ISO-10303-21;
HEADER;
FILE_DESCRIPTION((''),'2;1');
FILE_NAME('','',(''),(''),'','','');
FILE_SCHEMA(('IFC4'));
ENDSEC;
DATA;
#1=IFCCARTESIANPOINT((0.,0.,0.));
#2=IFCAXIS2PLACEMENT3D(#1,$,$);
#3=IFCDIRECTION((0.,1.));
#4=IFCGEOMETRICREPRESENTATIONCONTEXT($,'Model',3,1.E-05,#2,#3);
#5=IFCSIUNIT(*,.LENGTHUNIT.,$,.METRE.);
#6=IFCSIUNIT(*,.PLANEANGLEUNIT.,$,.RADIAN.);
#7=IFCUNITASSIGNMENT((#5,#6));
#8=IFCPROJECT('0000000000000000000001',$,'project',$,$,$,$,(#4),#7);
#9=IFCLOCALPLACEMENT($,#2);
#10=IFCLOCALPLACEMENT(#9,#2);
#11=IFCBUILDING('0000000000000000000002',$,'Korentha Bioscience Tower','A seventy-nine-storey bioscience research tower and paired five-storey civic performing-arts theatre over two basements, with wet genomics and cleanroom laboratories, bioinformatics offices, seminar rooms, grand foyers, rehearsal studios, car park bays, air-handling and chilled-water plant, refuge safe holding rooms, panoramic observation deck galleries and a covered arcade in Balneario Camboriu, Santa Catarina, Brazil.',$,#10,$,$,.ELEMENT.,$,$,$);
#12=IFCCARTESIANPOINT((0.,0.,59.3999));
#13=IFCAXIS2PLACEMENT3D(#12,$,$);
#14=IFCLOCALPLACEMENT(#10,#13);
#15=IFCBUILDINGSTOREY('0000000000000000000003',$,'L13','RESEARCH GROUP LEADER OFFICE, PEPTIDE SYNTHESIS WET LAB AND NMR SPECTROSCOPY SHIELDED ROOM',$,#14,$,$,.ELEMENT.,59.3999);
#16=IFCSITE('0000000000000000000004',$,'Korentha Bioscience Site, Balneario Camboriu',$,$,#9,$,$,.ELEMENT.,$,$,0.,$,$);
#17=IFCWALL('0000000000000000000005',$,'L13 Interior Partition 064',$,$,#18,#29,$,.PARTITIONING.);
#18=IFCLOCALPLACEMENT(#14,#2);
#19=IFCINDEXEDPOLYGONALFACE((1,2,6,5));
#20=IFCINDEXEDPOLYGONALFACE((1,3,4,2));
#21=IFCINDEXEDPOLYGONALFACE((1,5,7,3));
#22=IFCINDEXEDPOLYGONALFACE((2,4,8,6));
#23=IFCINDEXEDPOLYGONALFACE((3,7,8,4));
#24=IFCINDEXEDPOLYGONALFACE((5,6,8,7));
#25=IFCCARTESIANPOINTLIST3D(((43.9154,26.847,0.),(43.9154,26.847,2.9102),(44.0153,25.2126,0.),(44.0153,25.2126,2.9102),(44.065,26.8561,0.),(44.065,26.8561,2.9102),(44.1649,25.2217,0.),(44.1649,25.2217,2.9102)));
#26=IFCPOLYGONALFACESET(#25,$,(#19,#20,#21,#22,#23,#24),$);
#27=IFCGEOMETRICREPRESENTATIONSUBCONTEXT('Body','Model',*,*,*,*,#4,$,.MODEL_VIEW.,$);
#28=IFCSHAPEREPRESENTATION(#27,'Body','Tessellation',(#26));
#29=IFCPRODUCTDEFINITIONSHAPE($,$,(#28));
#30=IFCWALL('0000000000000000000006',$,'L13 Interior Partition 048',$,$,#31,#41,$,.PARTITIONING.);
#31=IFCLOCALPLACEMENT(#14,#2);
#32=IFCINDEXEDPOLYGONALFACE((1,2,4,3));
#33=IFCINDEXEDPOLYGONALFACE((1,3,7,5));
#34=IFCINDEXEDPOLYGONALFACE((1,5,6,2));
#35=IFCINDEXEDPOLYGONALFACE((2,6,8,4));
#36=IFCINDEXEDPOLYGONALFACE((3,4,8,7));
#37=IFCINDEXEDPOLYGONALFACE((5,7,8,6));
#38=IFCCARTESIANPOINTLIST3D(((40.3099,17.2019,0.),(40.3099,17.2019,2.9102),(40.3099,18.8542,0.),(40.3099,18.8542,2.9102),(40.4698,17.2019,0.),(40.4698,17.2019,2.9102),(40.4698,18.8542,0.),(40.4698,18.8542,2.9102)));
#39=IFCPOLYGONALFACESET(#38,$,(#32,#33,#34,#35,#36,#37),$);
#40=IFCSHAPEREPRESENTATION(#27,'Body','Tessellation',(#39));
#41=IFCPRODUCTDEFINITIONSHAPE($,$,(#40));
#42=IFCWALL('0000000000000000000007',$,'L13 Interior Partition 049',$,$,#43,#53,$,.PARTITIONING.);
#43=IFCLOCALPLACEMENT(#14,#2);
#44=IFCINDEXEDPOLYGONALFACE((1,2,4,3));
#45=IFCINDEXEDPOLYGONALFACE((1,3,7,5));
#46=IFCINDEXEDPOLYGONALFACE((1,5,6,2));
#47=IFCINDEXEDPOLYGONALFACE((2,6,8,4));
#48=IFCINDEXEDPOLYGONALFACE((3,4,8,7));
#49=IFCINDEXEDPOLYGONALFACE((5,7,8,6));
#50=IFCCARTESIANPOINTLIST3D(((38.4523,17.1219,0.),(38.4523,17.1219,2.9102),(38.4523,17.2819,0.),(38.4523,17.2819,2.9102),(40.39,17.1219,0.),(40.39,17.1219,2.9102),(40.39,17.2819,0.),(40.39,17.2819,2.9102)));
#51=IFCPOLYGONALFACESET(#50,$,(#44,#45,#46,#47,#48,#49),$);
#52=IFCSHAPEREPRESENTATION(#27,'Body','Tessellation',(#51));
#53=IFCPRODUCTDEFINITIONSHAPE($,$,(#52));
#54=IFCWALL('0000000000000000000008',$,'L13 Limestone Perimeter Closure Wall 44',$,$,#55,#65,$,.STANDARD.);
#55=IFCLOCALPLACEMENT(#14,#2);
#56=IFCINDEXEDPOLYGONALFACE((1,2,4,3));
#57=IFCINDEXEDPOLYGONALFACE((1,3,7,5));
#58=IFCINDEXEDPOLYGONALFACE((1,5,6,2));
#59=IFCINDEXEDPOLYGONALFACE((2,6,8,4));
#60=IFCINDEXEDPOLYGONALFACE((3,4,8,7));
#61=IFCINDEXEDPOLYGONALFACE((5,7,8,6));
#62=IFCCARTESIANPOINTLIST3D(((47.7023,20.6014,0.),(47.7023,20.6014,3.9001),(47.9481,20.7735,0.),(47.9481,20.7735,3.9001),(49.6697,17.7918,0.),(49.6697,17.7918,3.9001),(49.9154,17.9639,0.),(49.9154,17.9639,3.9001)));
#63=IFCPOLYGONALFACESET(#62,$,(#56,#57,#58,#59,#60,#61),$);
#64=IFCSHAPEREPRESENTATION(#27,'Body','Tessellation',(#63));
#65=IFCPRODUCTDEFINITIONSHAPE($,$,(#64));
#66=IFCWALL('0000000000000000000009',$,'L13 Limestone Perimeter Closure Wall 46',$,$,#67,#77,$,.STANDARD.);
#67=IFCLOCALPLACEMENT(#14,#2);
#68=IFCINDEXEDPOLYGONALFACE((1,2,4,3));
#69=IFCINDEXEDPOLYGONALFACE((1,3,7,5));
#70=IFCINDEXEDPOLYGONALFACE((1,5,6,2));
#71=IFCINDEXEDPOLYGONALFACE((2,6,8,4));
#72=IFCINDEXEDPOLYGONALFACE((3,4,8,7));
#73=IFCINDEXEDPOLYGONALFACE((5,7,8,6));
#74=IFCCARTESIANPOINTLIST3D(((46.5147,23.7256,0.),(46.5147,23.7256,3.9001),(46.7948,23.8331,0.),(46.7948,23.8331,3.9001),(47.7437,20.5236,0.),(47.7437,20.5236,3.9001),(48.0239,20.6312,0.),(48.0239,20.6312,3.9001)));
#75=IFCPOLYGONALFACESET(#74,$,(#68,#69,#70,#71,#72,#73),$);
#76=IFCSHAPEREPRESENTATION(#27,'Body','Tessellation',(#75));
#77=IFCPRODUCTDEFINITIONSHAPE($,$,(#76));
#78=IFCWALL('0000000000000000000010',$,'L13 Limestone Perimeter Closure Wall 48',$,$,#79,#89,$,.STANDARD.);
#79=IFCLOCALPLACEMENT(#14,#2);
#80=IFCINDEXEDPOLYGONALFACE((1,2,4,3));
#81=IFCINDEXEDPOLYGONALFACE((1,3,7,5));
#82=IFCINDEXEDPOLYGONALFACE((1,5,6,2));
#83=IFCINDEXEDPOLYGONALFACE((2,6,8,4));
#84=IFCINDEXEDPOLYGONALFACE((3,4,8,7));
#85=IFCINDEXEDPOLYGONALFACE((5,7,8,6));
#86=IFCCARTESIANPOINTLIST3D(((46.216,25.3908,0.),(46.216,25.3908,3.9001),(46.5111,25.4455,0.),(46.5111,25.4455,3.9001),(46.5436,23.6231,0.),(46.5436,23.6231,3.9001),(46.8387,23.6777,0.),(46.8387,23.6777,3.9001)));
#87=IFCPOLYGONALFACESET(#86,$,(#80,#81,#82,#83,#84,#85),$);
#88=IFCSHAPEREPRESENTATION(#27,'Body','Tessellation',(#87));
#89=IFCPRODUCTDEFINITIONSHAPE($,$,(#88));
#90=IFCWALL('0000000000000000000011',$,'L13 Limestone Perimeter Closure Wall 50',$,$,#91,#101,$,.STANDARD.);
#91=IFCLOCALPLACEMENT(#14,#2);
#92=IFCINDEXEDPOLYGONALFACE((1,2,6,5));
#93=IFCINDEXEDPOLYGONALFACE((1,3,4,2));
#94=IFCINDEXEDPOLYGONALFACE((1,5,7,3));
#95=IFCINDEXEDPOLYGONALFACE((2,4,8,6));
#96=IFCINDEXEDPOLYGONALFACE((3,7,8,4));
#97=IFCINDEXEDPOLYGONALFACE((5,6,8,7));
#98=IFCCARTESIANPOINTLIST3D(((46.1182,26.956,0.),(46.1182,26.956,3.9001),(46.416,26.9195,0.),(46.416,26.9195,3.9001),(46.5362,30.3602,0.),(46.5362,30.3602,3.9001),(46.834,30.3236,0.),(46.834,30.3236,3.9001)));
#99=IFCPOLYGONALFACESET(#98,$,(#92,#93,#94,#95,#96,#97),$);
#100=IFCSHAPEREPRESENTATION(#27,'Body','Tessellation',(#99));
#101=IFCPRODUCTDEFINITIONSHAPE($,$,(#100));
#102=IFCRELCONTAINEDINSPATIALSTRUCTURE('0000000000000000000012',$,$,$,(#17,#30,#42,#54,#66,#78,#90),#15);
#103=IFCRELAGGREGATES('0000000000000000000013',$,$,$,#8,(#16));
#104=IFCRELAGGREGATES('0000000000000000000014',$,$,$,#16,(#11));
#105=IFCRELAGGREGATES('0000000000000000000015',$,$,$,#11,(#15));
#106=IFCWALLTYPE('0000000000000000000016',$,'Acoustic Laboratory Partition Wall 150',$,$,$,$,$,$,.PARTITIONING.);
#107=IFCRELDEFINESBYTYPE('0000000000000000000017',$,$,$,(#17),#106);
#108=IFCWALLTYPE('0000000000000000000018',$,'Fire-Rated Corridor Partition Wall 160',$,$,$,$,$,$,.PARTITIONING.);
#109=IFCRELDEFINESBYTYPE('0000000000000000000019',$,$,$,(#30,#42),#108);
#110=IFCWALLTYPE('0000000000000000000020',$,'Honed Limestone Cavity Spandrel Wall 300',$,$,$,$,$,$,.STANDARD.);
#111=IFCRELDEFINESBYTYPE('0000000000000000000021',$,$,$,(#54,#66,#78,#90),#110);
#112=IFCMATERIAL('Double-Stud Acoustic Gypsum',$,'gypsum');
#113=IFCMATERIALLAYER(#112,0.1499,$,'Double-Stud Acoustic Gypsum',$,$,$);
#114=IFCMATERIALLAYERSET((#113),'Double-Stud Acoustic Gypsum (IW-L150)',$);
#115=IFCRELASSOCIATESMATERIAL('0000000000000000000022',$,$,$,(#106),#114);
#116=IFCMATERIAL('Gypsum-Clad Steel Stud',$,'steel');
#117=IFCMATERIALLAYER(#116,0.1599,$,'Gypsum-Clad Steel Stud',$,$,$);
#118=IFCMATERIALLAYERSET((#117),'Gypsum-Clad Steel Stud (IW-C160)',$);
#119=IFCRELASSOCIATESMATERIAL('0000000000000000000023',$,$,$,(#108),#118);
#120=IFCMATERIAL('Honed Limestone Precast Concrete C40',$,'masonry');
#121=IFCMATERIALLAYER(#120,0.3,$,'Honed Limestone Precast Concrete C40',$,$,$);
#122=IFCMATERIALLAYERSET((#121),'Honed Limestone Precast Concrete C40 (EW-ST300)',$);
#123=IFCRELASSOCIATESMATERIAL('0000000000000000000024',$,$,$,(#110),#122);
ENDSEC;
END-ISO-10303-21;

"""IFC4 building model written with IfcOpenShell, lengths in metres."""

from ifc_helpers import new_model, si_unit, direction, frame, frame_2d, origin, place, context, subcontext, project, spatial, rectangle, extrude, material, layer, layer_set, type_object, element, save


model = new_model("IFC4")

# Units and contexts
model_context = context("Model", 3, precision=1e-05, world=origin(), true_north=direction((0.0, 1.0)))
body_context = subcontext(model_context, "Body", "Model", "MODEL_VIEW")
ifc_project = project(units=[si_unit("LENGTHUNIT", "METRE"), si_unit("PLANEANGLEUNIT", "RADIAN")], contexts=[model_context])

# Site, building, storey
site_placement = place(None, origin())
site = spatial("IfcSite", under=ifc_project, at=site_placement, Name="Korentha Bioscience Site, Balneario Camboriu", CompositionType="ELEMENT", RefElevation=0.0)
building_placement = place(site_placement, origin())
building = spatial("IfcBuilding", under=site, at=building_placement, Name="Korentha Bioscience Tower", Description="A seventy-nine-storey bioscience research tower and paired five-storey civic performing-arts theatre over two basements, with wet genomics and cleanroom laboratories, bioinformatics offices, seminar rooms, grand foyers, rehearsal studios, car park bays, air-handling and chilled-water plant, refuge safe holding rooms, panoramic observation deck galleries and a covered arcade in Balneario Camboriu, Santa Catarina, Brazil.", CompositionType="ELEMENT")
storey_placement = place(building_placement, frame((0.0, 0.0, 59.3999)))
storey = spatial("IfcBuildingStorey", under=building, at=storey_placement, Name="L13", Description="RESEARCH GROUP LEADER OFFICE, PEPTIDE SYNTHESIS WET LAB AND NMR SPECTROSCOPY SHIELDED ROOM", CompositionType="ELEMENT", Elevation=59.3999)

# Shared definitions
ifc_material_1 = material(Name="Double-Stud Acoustic Gypsum", Category="gypsum")
ifc_layer_1 = layer(ifc_material_1, 0.1499, Name="Double-Stud Acoustic Gypsum")
ifc_layer_set_1 = layer_set([ifc_layer_1], Name="Double-Stud Acoustic Gypsum (IW-L150)")
wall_type_1 = type_object("IfcWallType", Name="Acoustic Laboratory Partition Wall 150", PredefinedType="PARTITIONING", material=ifc_layer_set_1)

# Walls
wall_1_placement = place(storey_placement, frame((44.0901, 25.217, 0.0), z_axis=(0.0, 0.0, 1.0), x_axis=(-0.060977, 0.998139, 0.0)))
element("IfcWall", 1, at=wall_1_placement, inside=storey, type_object=wall_type_1, Name="L13 Interior Partition 064", PredefinedType="PARTITIONING", context=body_context, shape_type="SweptSolid", body=[
    extrude(rectangle(XDim=1.6375, YDim=0.1499, at=frame_2d((0.8188, 0.0))), origin(), (0.0, 0.0, 1.0), 2.9102),
])
ifc_material_2 = material(Name="Gypsum-Clad Steel Stud", Category="steel")
ifc_layer_2 = layer(ifc_material_2, 0.1599, Name="Gypsum-Clad Steel Stud")
ifc_layer_set_2 = layer_set([ifc_layer_2], Name="Gypsum-Clad Steel Stud (IW-C160)")
wall_type_2 = type_object("IfcWallType", Name="Fire-Rated Corridor Partition Wall 160", PredefinedType="PARTITIONING", material=ifc_layer_set_2)
wall_2_placement = place(storey_placement, frame((40.3899, 18.8542, 0.0), z_axis=(0.0, 0.0, 1.0), x_axis=(0.0, -1.0, 0.0)))
element("IfcWall", 2, at=wall_2_placement, inside=storey, type_object=wall_type_2, Name="L13 Interior Partition 048", PredefinedType="PARTITIONING", context=body_context, shape_type="SweptSolid", body=[
    extrude(rectangle(XDim=1.6523, YDim=0.1599, at=frame_2d((0.8262, 0.0))), origin(), (0.0, 0.0, 1.0), 2.9102),
])
wall_3_placement = place(storey_placement, frame((40.3899, 17.2019, 0.0), z_axis=(0.0, 0.0, 1.0), x_axis=(-1.0, 0.0, 0.0)))
element("IfcWall", 3, at=wall_3_placement, inside=storey, type_object=wall_type_2, Name="L13 Interior Partition 049", PredefinedType="PARTITIONING", context=body_context, shape_type="SweptSolid", body=[
    extrude(rectangle(XDim=1.9377, YDim=0.1599, at=frame_2d((0.9688, 0.0))), origin(), (0.0, 0.0, 1.0), 2.9102),
])
ifc_material_3 = material(Name="Honed Limestone Precast Concrete C40", Category="masonry")
ifc_layer_3 = layer(ifc_material_3, 0.3, Name="Honed Limestone Precast Concrete C40")
ifc_layer_set_3 = layer_set([ifc_layer_3], Name="Honed Limestone Precast Concrete C40 (EW-ST300)")
wall_type_3 = type_object("IfcWallType", Name="Honed Limestone Cavity Spandrel Wall 300", PredefinedType="STANDARD", material=ifc_layer_set_3)
wall_4_placement = place(storey_placement, frame((49.7925, 17.8779, 0.0), z_axis=(0.0, 0.0, 1.0), x_axis=(-0.573577, 0.819152, 0.0)))
element("IfcWall", 4, at=wall_4_placement, inside=storey, type_object=wall_type_3, Name="L13 Limestone Perimeter Closure Wall 44", PredefinedType="STANDARD", context=body_context, shape_type="SweptSolid", body=[
    extrude(rectangle(XDim=3.4299, YDim=0.3, at=frame_2d((1.7148, 0.0))), origin(), (0.0, 0.0, 1.0), 3.9001),
])
wall_5_placement = place(storey_placement, frame((47.8838, 20.5774, 0.0), z_axis=(0.0, 0.0, 1.0), x_axis=(-0.358345, 0.933589, 0.0)))
element("IfcWall", 5, at=wall_5_placement, inside=storey, type_object=wall_type_3, Name="L13 Limestone Perimeter Closure Wall 46", PredefinedType="STANDARD", context=body_context, shape_type="SweptSolid", body=[
    extrude(rectangle(XDim=3.4297, YDim=0.3, at=frame_2d((1.7148, 0.0))), origin(), (0.0, 0.0, 1.0), 3.9001),
])
wall_6_placement = place(storey_placement, frame((46.6912, 23.6504, 0.0), z_axis=(0.0, 0.0, 1.0), x_axis=(-0.18223, 0.983256, 0.0)))
element("IfcWall", 6, at=wall_6_placement, inside=storey, type_object=wall_type_3, Name="L13 Limestone Perimeter Closure Wall 48", PredefinedType="STANDARD", context=body_context, shape_type="SweptSolid", body=[
    extrude(rectangle(XDim=1.7979, YDim=0.3, at=frame_2d((0.8989, 0.0))), origin(), (0.0, 0.0, 1.0), 3.9001),
])
wall_7_placement = place(storey_placement, frame((46.2671, 26.9377, 0.0), z_axis=(0.0, 0.0, 1.0), x_axis=(0.12187, 0.992546, 0.0)))
element("IfcWall", 7, at=wall_7_placement, inside=storey, type_object=wall_type_3, Name="L13 Limestone Perimeter Closure Wall 50", PredefinedType="STANDARD", context=body_context, shape_type="SweptSolid", body=[
    extrude(rectangle(XDim=3.4297, YDim=0.3, at=frame_2d((1.7148, 0.0))), origin(), (0.0, 0.0, 1.0), 3.9001),
])

save(model, "model.ifc")
